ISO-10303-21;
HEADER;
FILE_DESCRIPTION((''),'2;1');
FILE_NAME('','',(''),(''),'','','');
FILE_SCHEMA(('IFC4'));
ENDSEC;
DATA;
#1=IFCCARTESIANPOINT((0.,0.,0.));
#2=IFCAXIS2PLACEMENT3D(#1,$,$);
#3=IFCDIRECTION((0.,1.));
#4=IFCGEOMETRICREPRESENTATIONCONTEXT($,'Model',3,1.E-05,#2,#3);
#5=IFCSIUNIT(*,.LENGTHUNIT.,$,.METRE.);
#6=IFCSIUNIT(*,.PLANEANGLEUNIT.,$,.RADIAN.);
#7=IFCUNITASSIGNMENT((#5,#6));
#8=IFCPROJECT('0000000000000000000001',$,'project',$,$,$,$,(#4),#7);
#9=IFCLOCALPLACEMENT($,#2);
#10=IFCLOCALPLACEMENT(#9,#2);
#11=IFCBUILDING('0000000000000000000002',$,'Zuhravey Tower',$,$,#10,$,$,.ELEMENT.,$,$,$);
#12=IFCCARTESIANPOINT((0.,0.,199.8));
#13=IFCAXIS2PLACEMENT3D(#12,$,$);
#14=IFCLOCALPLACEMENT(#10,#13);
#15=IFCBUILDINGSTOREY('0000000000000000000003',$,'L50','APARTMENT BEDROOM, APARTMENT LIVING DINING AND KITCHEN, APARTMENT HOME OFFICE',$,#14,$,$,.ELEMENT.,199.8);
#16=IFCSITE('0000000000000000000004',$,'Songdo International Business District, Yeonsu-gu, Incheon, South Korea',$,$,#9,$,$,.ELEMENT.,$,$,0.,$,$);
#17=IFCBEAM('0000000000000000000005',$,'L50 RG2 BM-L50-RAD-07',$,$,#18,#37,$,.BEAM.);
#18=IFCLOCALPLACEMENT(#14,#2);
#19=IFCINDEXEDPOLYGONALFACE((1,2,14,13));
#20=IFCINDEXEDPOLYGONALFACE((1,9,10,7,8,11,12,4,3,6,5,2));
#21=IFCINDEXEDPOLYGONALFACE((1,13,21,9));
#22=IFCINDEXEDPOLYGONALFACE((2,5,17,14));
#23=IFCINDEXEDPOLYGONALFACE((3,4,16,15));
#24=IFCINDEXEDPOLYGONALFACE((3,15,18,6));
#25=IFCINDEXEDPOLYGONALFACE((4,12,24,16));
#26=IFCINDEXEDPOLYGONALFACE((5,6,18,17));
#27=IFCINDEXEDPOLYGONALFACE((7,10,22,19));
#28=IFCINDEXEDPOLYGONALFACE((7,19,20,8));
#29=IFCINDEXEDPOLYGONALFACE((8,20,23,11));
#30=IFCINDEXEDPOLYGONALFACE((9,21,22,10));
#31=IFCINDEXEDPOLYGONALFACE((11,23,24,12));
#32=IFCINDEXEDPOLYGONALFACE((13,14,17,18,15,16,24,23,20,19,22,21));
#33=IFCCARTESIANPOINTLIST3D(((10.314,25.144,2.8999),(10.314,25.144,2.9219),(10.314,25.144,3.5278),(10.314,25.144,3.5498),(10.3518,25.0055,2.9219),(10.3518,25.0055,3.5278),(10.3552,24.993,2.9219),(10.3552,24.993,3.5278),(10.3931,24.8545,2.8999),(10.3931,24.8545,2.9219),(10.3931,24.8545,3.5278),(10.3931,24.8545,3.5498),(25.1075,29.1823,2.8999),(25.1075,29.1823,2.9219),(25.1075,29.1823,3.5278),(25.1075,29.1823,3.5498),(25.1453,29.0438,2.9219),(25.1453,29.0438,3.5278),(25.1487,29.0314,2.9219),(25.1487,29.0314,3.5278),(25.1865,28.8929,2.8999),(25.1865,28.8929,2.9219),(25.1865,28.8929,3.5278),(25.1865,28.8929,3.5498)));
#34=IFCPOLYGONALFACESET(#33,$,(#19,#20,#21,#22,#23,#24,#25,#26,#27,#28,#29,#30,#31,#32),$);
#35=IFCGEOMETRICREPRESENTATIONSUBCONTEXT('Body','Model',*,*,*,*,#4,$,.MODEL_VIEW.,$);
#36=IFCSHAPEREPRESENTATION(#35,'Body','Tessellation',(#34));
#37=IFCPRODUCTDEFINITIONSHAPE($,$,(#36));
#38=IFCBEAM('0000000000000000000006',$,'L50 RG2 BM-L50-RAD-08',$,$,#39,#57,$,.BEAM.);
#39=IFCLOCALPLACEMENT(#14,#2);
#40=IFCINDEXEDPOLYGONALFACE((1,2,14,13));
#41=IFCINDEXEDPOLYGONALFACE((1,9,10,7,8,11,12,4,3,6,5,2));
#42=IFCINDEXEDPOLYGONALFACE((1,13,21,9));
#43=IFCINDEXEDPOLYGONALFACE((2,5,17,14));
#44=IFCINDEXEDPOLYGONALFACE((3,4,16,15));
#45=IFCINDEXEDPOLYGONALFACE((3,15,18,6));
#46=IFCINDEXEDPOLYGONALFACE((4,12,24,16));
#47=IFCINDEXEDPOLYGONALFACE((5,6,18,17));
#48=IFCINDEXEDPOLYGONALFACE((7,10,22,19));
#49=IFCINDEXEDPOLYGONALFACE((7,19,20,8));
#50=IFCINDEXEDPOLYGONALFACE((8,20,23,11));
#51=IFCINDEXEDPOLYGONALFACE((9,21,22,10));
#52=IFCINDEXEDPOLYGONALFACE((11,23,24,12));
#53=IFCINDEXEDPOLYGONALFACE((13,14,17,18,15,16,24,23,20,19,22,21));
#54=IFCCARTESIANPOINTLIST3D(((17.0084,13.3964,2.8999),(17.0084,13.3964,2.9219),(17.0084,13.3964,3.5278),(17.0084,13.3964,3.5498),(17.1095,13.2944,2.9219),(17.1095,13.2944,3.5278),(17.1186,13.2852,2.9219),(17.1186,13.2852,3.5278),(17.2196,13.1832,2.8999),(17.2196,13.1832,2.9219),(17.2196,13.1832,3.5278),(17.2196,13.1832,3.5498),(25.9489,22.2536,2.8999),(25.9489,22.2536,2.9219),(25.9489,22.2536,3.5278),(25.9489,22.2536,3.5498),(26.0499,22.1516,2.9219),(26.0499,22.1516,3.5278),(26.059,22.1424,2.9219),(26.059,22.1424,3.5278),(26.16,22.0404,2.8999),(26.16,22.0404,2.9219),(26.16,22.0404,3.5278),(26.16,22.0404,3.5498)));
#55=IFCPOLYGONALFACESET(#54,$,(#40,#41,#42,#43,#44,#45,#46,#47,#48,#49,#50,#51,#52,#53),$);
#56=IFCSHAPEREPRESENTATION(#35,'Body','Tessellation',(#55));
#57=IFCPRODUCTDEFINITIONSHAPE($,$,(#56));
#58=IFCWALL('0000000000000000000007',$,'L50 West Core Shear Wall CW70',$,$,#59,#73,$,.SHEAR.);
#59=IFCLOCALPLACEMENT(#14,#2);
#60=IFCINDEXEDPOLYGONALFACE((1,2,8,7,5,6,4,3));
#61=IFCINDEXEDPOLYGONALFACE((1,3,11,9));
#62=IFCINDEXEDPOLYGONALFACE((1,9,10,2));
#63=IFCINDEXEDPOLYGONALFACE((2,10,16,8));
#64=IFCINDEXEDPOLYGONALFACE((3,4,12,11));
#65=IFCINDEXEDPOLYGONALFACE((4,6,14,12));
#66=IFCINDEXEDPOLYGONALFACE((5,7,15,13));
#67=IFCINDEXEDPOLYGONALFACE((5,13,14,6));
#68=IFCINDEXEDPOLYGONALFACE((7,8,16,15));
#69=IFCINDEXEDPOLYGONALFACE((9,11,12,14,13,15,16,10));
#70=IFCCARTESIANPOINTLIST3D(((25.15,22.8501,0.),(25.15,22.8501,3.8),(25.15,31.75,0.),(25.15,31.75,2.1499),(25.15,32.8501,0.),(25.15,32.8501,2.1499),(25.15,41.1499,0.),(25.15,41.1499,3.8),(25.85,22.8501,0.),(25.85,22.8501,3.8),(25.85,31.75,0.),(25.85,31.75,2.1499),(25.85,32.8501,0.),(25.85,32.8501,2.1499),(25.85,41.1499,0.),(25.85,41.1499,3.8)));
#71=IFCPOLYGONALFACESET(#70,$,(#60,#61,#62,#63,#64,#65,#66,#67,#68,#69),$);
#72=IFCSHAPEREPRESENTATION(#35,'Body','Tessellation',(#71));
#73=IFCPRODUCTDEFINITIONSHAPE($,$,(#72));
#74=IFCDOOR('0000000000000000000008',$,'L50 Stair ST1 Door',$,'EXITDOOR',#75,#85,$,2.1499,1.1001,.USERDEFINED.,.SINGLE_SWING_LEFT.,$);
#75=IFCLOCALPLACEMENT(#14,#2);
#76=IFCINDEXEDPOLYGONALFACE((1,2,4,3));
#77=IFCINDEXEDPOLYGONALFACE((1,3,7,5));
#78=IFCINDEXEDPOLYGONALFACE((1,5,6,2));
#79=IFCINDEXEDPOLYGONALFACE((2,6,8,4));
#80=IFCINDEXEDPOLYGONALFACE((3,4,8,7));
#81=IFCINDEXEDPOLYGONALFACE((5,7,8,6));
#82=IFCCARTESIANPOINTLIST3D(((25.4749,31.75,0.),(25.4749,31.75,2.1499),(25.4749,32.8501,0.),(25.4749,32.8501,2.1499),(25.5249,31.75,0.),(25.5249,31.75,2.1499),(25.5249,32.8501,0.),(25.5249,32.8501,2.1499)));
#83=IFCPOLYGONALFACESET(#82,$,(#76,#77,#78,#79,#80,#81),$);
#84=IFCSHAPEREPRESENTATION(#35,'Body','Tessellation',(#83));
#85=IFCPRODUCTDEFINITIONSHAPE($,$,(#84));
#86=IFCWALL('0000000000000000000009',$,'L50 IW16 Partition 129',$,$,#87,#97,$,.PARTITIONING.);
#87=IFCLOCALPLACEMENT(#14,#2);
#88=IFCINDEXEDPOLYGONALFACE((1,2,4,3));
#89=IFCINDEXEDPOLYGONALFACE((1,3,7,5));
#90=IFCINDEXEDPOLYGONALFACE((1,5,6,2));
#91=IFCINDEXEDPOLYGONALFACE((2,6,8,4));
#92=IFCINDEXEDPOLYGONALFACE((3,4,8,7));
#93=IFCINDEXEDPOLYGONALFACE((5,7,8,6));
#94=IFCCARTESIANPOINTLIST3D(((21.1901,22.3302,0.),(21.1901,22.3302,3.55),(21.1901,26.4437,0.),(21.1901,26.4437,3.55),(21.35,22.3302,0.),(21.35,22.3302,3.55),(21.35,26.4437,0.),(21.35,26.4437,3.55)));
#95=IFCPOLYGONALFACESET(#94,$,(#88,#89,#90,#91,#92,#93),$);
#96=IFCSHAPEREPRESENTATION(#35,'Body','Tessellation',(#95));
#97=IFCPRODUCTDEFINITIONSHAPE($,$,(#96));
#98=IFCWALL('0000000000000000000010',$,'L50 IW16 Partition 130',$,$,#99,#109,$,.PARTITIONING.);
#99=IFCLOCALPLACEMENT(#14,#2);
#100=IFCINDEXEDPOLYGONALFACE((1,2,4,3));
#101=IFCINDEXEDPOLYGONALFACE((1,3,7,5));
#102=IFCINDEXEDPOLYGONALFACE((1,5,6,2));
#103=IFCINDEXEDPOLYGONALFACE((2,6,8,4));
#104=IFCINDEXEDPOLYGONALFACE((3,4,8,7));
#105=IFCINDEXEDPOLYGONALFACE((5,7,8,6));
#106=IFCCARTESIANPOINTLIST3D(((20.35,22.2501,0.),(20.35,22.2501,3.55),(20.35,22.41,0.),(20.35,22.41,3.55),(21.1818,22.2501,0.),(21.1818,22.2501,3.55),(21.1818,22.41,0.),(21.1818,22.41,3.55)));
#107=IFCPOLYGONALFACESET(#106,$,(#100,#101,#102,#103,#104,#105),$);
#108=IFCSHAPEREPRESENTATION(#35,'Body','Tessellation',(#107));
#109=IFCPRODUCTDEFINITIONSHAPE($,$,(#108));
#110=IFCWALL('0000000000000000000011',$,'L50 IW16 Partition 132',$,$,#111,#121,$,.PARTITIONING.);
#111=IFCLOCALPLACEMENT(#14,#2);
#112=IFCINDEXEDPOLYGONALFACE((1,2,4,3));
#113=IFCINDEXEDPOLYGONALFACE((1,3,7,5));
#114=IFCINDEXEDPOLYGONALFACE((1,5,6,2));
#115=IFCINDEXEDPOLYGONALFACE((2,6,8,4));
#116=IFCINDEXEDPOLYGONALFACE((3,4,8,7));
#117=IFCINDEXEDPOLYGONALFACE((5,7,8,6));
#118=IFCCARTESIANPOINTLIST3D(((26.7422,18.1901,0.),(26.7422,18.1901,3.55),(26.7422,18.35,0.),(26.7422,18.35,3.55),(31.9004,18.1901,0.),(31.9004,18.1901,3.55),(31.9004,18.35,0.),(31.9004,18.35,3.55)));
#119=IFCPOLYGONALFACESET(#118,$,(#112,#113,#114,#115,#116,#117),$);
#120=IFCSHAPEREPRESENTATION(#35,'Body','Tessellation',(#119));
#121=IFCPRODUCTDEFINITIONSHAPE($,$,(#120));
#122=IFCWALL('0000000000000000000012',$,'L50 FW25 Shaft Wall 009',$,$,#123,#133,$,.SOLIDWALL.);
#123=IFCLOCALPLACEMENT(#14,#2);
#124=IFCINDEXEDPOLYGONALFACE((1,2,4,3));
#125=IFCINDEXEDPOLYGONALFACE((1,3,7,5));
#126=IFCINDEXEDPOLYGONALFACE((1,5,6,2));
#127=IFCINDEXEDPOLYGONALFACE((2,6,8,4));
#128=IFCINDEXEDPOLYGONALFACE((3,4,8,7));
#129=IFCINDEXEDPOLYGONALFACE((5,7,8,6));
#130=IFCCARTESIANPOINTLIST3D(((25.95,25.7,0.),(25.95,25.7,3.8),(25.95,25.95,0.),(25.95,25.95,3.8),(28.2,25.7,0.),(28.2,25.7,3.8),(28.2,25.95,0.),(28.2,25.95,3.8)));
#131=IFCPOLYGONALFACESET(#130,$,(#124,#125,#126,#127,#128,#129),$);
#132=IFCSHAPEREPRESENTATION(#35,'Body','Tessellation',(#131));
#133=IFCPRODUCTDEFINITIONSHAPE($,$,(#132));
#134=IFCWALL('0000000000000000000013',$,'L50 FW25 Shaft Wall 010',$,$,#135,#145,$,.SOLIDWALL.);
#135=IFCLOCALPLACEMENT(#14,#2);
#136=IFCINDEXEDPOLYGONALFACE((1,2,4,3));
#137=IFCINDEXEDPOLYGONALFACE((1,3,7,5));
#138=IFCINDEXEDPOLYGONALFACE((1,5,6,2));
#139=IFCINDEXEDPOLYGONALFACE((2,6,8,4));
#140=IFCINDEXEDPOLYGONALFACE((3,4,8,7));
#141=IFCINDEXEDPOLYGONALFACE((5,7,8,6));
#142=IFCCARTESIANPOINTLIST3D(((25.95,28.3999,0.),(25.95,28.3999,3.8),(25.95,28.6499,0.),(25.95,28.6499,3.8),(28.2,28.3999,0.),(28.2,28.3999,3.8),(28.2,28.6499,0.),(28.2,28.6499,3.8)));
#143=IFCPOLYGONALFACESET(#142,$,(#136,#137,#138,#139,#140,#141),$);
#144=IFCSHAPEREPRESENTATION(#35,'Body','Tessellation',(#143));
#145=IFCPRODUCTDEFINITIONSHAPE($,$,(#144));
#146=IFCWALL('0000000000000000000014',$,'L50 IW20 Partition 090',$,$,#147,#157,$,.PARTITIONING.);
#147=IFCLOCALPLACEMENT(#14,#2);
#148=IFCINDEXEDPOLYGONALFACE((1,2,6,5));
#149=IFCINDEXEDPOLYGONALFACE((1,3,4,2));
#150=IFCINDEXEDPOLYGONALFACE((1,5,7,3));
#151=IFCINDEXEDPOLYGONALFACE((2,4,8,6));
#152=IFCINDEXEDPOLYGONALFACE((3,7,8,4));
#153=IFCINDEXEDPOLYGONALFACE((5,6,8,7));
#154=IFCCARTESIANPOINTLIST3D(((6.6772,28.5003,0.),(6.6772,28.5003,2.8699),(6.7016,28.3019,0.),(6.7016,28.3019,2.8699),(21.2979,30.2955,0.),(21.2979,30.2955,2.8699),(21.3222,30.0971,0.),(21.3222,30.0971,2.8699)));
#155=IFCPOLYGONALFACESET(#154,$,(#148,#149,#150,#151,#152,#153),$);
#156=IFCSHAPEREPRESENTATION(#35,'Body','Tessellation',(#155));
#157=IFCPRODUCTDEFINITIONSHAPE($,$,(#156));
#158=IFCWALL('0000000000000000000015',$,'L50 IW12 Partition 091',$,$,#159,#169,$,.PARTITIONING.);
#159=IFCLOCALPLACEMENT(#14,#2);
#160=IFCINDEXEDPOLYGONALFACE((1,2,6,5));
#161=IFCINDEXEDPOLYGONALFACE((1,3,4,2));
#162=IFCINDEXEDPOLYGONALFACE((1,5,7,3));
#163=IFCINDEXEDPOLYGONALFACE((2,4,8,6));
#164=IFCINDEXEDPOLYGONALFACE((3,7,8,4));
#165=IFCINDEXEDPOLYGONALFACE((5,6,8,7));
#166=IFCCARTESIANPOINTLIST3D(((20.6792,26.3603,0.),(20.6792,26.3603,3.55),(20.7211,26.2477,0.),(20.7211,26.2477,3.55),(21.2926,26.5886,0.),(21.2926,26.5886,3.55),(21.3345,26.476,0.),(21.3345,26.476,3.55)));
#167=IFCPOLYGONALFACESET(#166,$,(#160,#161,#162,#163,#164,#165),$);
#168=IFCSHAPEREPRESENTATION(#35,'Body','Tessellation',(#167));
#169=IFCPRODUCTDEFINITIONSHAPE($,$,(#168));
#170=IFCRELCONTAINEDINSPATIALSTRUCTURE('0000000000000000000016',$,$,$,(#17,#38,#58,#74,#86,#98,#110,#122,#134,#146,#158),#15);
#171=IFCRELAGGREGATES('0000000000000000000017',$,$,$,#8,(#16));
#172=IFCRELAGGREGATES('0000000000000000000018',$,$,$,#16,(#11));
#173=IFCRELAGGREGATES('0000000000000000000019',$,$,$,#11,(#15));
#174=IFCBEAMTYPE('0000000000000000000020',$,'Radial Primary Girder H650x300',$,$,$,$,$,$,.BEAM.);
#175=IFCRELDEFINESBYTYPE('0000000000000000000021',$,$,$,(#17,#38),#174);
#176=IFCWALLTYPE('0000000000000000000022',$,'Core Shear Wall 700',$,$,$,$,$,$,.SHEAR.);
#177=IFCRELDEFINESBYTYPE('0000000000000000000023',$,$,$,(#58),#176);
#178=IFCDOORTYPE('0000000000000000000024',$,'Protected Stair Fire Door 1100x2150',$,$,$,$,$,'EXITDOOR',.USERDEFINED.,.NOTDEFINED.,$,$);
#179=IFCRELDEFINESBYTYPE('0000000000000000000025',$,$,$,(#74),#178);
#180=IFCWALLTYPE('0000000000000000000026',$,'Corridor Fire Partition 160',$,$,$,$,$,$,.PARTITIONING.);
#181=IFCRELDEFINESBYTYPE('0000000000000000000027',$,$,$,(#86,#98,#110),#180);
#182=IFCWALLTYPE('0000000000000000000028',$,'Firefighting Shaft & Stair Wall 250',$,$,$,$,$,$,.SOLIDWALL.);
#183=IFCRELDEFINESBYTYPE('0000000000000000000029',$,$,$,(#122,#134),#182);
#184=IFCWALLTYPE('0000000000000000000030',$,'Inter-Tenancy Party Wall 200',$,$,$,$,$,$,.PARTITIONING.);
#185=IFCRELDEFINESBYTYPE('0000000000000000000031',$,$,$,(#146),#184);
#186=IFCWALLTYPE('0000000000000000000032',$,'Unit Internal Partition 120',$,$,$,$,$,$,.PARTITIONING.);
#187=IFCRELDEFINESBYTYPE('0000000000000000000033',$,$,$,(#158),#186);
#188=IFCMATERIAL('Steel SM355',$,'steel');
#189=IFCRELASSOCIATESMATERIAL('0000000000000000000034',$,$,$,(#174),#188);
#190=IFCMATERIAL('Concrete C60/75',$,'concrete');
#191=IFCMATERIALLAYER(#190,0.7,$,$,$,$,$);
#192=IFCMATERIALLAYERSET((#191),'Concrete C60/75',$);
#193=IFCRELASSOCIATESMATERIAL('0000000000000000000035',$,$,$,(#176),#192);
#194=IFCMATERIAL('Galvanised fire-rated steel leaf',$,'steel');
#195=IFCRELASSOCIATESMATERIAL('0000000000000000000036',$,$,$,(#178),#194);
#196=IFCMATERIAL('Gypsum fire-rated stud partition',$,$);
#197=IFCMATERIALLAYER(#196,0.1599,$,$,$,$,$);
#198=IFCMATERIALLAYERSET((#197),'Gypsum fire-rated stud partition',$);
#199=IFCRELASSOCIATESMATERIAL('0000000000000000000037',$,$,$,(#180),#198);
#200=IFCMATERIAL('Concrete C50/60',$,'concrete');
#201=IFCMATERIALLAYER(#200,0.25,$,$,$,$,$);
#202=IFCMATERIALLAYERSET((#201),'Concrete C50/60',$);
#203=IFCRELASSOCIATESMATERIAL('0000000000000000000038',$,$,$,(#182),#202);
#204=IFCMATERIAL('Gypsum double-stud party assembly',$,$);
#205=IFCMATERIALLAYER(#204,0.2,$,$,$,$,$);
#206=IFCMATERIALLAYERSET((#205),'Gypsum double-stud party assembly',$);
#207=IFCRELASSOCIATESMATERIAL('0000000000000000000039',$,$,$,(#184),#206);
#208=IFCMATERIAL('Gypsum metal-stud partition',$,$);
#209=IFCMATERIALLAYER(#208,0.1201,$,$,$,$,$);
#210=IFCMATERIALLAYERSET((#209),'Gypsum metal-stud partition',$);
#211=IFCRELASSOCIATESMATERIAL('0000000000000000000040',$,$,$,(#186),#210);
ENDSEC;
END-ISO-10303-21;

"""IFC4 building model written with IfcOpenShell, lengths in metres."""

from ifc_helpers import new_model, si_unit, direction, frame, frame_2d, origin, origin_2d, place, context, subcontext, project, spatial, rectangle, i_section, extrude, material, layer, layer_set, material_profile, profile_set, type_object, element, fill, save


model = new_model("IFC4")

# Units and contexts
model_context = context("Model", 3, precision=1e-05, world=origin(), true_north=direction((0.0, 1.0)))
body_context = subcontext(model_context, "Body", "Model", "MODEL_VIEW")
ifc_project = project(units=[si_unit("LENGTHUNIT", "METRE"), si_unit("PLANEANGLEUNIT", "RADIAN")], contexts=[model_context])

# Site, building, storey
site_placement = place(None, origin())
site = spatial("IfcSite", under=ifc_project, at=site_placement, Name="Songdo International Business District, Yeonsu-gu, Incheon, South Korea", CompositionType="ELEMENT", RefElevation=0.0)
building_placement = place(site_placement, origin())
building = spatial("IfcBuilding", under=site, at=building_placement, Name="Zuhravey Tower", CompositionType="ELEMENT")
storey_placement = place(building_placement, frame((0.0, 0.0, 199.8)))
storey = spatial("IfcBuildingStorey", under=building, at=storey_placement, Name="L50", Description="APARTMENT BEDROOM, APARTMENT LIVING DINING AND KITCHEN, APARTMENT HOME OFFICE", CompositionType="ELEMENT", Elevation=199.8)

# Beams
ifc_material_1 = material(Name="Steel SM355", Category="steel")
ifc_material_profile = material_profile(ifc_material_1, i_section(OverallWidth=0.3, OverallDepth=0.6499, WebThickness=0.0129, FlangeThickness=0.022, at=origin_2d()), Name="H-650x300x13x22")
ifc_profile_set = profile_set([ifc_material_profile], Name="Steel SM355")
beam_type = type_object("IfcBeamType", Name="Radial Primary Girder H650x300", PredefinedType="BEAM", material=ifc_profile_set)
beam_1_placement = place(storey_placement, frame((25.147, 29.0376, 3.2249), z_axis=(-0.964702, -0.263345, 0.0), x_axis=(0.263345, -0.964702, 0.0)))
element("IfcBeam", 1, at=beam_1_placement, inside=storey, type_object=beam_type, Name="L50 RG2 BM-L50-RAD-07", PredefinedType="BEAM", context=body_context, shape_type="SweptSolid", body=[
    extrude(i_section(OverallWidth=0.3, OverallDepth=0.6499, WebThickness=0.0129, FlangeThickness=0.022, at=origin_2d()), origin(), (0.0, 0.0, 1.0), 15.3347),
])
beam_2_placement = place(storey_placement, frame((26.0544, 22.147, 3.2249), z_axis=(-0.710407, -0.703791, 0.0), x_axis=(0.703791, -0.710407, 0.0)))
element("IfcBeam", 2, at=beam_2_placement, inside=storey, type_object=beam_type, Name="L50 RG2 BM-L50-RAD-08", PredefinedType="BEAM", context=body_context, shape_type="SweptSolid", body=[
    extrude(i_section(OverallWidth=0.3, OverallDepth=0.6499, WebThickness=0.0129, FlangeThickness=0.022, at=origin_2d()), origin(), (0.0, 0.0, 1.0), 12.585),
])

# Wall, opening, door
ifc_material_2 = material(Name="Concrete C60/75", Category="concrete")
ifc_layer_1 = layer(ifc_material_2, 0.7)
ifc_layer_set_1 = layer_set([ifc_layer_1], Name="Concrete C60/75")
wall_type_1 = type_object("IfcWallType", Name="Core Shear Wall 700", PredefinedType="SHEAR", material=ifc_layer_set_1)
ifc_material_3 = material(Name="Galvanised fire-rated steel leaf", Category="steel")
wall_1_placement = place(storey_placement, frame((25.5, 22.8501, 0.0), z_axis=(0.0, 0.0, 1.0), x_axis=(0.0, 1.0, 0.0)))
wall_1 = element("IfcWall", 3, at=wall_1_placement, inside=storey, type_object=wall_type_1, Name="L50 West Core Shear Wall CW70", PredefinedType="SHEAR", context=body_context, shape_type="SweptSolid", body=[
    extrude(rectangle(XDim=18.2998, YDim=0.7, at=frame_2d((9.1499, 0.0))), origin(), (0.0, 0.0, 1.0), 3.8),
])
opening_1_placement = place(wall_1_placement, frame((8.8999, 0.0, 0.0)))
opening_1 = element("IfcOpeningElement", 4, at=opening_1_placement, cuts=wall_1, PredefinedType="OPENING", context=body_context, shape_type="SweptSolid", body=[
    extrude(rectangle(XDim=1.1001, YDim=2.1499, at=frame_2d((0.55, 1.075))), frame((0.0, 0.3621, 0.0), z_axis=(0.0, -1.0, 0.0), x_axis=(1.0, 0.0, 0.0)), (0.0, 0.0, 1.0), 0.7239),
])
door_type_1 = type_object("IfcDoorType", Name="Protected Stair Fire Door 1100x2150", ElementType="EXITDOOR", OperationType="NOTDEFINED", PredefinedType="USERDEFINED", material=ifc_material_3)
door_1_placement = place(opening_1_placement, frame((1.1001, 0.0, 0.0), z_axis=(0.0, 0.0, 1.0), x_axis=(-1.0, 0.0, 0.0)))
door_1 = element("IfcDoor", 5, at=door_1_placement, inside=storey, type_object=door_type_1, Name="L50 Stair ST1 Door", ObjectType="EXITDOOR", OperationType="SINGLE_SWING_LEFT", OverallHeight=2.1499, OverallWidth=1.1001, PredefinedType="USERDEFINED", context=body_context, shape_type="SweptSolid", body=[
    extrude(rectangle(XDim=1.1001, YDim=2.1499, at=frame_2d((0.55, 1.075))), frame((0.0, 0.0249, 0.0), z_axis=(0.0, -1.0, 0.0), x_axis=(1.0, 0.0, 0.0)), (0.0, 0.0, 1.0), 0.05),
])
fill(opening_1, door_1)
ifc_material_4 = material(Name="Gypsum fire-rated stud partition")
ifc_layer_2 = layer(ifc_material_4, 0.1599)
ifc_layer_set_2 = layer_set([ifc_layer_2], Name="Gypsum fire-rated stud partition")
wall_type_2 = type_object("IfcWallType", Name="Corridor Fire Partition 160", PredefinedType="PARTITIONING", material=ifc_layer_set_2)

# Walls
wall_2_placement = place(storey_placement, frame((21.27, 26.4436, 0.0), z_axis=(0.0, 0.0, 1.0), x_axis=(0.0, -1.0, 0.0)))
element("IfcWall", 6, at=wall_2_placement, inside=storey, type_object=wall_type_2, Name="L50 IW16 Partition 129", PredefinedType="PARTITIONING", context=body_context, shape_type="SweptSolid", body=[
    extrude(rectangle(XDim=4.1135, YDim=0.1599, at=frame_2d((2.0566, 0.0))), origin(), (0.0, 0.0, 1.0), 3.55),
])
wall_3_placement = place(storey_placement, frame((21.1819, 22.3301, 0.0), z_axis=(0.0, 0.0, 1.0), x_axis=(-1.0, 0.0, 0.0)))
element("IfcWall", 7, at=wall_3_placement, inside=storey, type_object=wall_type_2, Name="L50 IW16 Partition 130", PredefinedType="PARTITIONING", context=body_context, shape_type="SweptSolid", body=[
    extrude(rectangle(XDim=0.8318, YDim=0.1599, at=frame_2d((0.416, 0.0))), origin(), (0.0, 0.0, 1.0), 3.55),
])
wall_4_placement = place(storey_placement, frame((26.7422, 18.27, 0.0), z_axis=(0.0, 0.0, 1.0), x_axis=(1.0, 0.0, 0.0)))
element("IfcWall", 8, at=wall_4_placement, inside=storey, type_object=wall_type_2, Name="L50 IW16 Partition 132", PredefinedType="PARTITIONING", context=body_context, shape_type="SweptSolid", body=[
    extrude(rectangle(XDim=5.1582, YDim=0.1599, at=frame_2d((2.5791, 0.0))), origin(), (0.0, 0.0, 1.0), 3.55),
])

# Shared definitions
ifc_material_5 = material(Name="Concrete C50/60", Category="concrete")
ifc_layer_3 = layer(ifc_material_5, 0.25)
ifc_layer_set_3 = layer_set([ifc_layer_3], Name="Concrete C50/60")
wall_type_3 = type_object("IfcWallType", Name="Firefighting Shaft & Stair Wall 250", PredefinedType="SOLIDWALL", material=ifc_layer_set_3)

# Walls
for number, where, z_axis, x_axis, name in (
    (9, (25.95, 25.825, 0.0), (0.0, 0.0, 1.0), (1.0, 0.0, 0.0), "L50 FW25 Shaft Wall 009"),
    (10, (25.95, 28.5249, 0.0), (0.0, 0.0, 1.0), (1.0, 0.0, 0.0), "L50 FW25 Shaft Wall 010"),
):
    element("IfcWall", number, at=place(storey_placement, frame(where, z_axis=z_axis, x_axis=x_axis)), inside=storey, type_object=wall_type_3, Name=name, PredefinedType="SOLIDWALL", context=body_context, shape_type="SweptSolid", body=[
        extrude(rectangle(XDim=2.25, YDim=0.25, at=frame_2d((1.125, 0.0))), origin(), (0.0, 0.0, 1.0), 3.8),
    ])
ifc_material_6 = material(Name="Gypsum double-stud party assembly")
ifc_layer_4 = layer(ifc_material_6, 0.2)
ifc_layer_set_4 = layer_set([ifc_layer_4], Name="Gypsum double-stud party assembly")
wall_type_4 = type_object("IfcWallType", Name="Inter-Tenancy Party Wall 200", PredefinedType="PARTITIONING", material=ifc_layer_set_4)
wall_5_placement = place(storey_placement, frame((21.3101, 30.1963, 0.0), z_axis=(0.0, 0.0, 1.0), x_axis=(-0.992546, -0.121868, 0.0)))
element("IfcWall", 11, at=wall_5_placement, inside=storey, type_object=wall_type_4, Name="L50 IW20 Partition 090", PredefinedType="PARTITIONING", context=body_context, shape_type="SweptSolid", body=[
    extrude(rectangle(XDim=14.7305, YDim=0.2, at=frame_2d((7.3652, 0.0))), origin(), (0.0, 0.0, 1.0), 2.8699),
])
ifc_material_7 = material(Name="Gypsum metal-stud partition")
ifc_layer_5 = layer(ifc_material_7, 0.1201)
ifc_layer_set_5 = layer_set([ifc_layer_5], Name="Gypsum metal-stud partition")
wall_type_5 = type_object("IfcWallType", Name="Unit Internal Partition 120", PredefinedType="PARTITIONING", material=ifc_layer_set_5)
wall_6_placement = place(storey_placement, frame((21.3135, 26.5322, 0.0), z_axis=(0.0, 0.0, 1.0), x_axis=(-0.93723, -0.348711, 0.0)))
element("IfcWall", 12, at=wall_6_placement, inside=storey, type_object=wall_type_5, Name="L50 IW12 Partition 091", PredefinedType="PARTITIONING", context=body_context, shape_type="SweptSolid", body=[
    extrude(rectangle(XDim=0.6545, YDim=0.1201, at=frame_2d((0.3271, 0.0))), origin(), (0.0, 0.0, 1.0), 3.55),
])

save(model, "model.ifc")
